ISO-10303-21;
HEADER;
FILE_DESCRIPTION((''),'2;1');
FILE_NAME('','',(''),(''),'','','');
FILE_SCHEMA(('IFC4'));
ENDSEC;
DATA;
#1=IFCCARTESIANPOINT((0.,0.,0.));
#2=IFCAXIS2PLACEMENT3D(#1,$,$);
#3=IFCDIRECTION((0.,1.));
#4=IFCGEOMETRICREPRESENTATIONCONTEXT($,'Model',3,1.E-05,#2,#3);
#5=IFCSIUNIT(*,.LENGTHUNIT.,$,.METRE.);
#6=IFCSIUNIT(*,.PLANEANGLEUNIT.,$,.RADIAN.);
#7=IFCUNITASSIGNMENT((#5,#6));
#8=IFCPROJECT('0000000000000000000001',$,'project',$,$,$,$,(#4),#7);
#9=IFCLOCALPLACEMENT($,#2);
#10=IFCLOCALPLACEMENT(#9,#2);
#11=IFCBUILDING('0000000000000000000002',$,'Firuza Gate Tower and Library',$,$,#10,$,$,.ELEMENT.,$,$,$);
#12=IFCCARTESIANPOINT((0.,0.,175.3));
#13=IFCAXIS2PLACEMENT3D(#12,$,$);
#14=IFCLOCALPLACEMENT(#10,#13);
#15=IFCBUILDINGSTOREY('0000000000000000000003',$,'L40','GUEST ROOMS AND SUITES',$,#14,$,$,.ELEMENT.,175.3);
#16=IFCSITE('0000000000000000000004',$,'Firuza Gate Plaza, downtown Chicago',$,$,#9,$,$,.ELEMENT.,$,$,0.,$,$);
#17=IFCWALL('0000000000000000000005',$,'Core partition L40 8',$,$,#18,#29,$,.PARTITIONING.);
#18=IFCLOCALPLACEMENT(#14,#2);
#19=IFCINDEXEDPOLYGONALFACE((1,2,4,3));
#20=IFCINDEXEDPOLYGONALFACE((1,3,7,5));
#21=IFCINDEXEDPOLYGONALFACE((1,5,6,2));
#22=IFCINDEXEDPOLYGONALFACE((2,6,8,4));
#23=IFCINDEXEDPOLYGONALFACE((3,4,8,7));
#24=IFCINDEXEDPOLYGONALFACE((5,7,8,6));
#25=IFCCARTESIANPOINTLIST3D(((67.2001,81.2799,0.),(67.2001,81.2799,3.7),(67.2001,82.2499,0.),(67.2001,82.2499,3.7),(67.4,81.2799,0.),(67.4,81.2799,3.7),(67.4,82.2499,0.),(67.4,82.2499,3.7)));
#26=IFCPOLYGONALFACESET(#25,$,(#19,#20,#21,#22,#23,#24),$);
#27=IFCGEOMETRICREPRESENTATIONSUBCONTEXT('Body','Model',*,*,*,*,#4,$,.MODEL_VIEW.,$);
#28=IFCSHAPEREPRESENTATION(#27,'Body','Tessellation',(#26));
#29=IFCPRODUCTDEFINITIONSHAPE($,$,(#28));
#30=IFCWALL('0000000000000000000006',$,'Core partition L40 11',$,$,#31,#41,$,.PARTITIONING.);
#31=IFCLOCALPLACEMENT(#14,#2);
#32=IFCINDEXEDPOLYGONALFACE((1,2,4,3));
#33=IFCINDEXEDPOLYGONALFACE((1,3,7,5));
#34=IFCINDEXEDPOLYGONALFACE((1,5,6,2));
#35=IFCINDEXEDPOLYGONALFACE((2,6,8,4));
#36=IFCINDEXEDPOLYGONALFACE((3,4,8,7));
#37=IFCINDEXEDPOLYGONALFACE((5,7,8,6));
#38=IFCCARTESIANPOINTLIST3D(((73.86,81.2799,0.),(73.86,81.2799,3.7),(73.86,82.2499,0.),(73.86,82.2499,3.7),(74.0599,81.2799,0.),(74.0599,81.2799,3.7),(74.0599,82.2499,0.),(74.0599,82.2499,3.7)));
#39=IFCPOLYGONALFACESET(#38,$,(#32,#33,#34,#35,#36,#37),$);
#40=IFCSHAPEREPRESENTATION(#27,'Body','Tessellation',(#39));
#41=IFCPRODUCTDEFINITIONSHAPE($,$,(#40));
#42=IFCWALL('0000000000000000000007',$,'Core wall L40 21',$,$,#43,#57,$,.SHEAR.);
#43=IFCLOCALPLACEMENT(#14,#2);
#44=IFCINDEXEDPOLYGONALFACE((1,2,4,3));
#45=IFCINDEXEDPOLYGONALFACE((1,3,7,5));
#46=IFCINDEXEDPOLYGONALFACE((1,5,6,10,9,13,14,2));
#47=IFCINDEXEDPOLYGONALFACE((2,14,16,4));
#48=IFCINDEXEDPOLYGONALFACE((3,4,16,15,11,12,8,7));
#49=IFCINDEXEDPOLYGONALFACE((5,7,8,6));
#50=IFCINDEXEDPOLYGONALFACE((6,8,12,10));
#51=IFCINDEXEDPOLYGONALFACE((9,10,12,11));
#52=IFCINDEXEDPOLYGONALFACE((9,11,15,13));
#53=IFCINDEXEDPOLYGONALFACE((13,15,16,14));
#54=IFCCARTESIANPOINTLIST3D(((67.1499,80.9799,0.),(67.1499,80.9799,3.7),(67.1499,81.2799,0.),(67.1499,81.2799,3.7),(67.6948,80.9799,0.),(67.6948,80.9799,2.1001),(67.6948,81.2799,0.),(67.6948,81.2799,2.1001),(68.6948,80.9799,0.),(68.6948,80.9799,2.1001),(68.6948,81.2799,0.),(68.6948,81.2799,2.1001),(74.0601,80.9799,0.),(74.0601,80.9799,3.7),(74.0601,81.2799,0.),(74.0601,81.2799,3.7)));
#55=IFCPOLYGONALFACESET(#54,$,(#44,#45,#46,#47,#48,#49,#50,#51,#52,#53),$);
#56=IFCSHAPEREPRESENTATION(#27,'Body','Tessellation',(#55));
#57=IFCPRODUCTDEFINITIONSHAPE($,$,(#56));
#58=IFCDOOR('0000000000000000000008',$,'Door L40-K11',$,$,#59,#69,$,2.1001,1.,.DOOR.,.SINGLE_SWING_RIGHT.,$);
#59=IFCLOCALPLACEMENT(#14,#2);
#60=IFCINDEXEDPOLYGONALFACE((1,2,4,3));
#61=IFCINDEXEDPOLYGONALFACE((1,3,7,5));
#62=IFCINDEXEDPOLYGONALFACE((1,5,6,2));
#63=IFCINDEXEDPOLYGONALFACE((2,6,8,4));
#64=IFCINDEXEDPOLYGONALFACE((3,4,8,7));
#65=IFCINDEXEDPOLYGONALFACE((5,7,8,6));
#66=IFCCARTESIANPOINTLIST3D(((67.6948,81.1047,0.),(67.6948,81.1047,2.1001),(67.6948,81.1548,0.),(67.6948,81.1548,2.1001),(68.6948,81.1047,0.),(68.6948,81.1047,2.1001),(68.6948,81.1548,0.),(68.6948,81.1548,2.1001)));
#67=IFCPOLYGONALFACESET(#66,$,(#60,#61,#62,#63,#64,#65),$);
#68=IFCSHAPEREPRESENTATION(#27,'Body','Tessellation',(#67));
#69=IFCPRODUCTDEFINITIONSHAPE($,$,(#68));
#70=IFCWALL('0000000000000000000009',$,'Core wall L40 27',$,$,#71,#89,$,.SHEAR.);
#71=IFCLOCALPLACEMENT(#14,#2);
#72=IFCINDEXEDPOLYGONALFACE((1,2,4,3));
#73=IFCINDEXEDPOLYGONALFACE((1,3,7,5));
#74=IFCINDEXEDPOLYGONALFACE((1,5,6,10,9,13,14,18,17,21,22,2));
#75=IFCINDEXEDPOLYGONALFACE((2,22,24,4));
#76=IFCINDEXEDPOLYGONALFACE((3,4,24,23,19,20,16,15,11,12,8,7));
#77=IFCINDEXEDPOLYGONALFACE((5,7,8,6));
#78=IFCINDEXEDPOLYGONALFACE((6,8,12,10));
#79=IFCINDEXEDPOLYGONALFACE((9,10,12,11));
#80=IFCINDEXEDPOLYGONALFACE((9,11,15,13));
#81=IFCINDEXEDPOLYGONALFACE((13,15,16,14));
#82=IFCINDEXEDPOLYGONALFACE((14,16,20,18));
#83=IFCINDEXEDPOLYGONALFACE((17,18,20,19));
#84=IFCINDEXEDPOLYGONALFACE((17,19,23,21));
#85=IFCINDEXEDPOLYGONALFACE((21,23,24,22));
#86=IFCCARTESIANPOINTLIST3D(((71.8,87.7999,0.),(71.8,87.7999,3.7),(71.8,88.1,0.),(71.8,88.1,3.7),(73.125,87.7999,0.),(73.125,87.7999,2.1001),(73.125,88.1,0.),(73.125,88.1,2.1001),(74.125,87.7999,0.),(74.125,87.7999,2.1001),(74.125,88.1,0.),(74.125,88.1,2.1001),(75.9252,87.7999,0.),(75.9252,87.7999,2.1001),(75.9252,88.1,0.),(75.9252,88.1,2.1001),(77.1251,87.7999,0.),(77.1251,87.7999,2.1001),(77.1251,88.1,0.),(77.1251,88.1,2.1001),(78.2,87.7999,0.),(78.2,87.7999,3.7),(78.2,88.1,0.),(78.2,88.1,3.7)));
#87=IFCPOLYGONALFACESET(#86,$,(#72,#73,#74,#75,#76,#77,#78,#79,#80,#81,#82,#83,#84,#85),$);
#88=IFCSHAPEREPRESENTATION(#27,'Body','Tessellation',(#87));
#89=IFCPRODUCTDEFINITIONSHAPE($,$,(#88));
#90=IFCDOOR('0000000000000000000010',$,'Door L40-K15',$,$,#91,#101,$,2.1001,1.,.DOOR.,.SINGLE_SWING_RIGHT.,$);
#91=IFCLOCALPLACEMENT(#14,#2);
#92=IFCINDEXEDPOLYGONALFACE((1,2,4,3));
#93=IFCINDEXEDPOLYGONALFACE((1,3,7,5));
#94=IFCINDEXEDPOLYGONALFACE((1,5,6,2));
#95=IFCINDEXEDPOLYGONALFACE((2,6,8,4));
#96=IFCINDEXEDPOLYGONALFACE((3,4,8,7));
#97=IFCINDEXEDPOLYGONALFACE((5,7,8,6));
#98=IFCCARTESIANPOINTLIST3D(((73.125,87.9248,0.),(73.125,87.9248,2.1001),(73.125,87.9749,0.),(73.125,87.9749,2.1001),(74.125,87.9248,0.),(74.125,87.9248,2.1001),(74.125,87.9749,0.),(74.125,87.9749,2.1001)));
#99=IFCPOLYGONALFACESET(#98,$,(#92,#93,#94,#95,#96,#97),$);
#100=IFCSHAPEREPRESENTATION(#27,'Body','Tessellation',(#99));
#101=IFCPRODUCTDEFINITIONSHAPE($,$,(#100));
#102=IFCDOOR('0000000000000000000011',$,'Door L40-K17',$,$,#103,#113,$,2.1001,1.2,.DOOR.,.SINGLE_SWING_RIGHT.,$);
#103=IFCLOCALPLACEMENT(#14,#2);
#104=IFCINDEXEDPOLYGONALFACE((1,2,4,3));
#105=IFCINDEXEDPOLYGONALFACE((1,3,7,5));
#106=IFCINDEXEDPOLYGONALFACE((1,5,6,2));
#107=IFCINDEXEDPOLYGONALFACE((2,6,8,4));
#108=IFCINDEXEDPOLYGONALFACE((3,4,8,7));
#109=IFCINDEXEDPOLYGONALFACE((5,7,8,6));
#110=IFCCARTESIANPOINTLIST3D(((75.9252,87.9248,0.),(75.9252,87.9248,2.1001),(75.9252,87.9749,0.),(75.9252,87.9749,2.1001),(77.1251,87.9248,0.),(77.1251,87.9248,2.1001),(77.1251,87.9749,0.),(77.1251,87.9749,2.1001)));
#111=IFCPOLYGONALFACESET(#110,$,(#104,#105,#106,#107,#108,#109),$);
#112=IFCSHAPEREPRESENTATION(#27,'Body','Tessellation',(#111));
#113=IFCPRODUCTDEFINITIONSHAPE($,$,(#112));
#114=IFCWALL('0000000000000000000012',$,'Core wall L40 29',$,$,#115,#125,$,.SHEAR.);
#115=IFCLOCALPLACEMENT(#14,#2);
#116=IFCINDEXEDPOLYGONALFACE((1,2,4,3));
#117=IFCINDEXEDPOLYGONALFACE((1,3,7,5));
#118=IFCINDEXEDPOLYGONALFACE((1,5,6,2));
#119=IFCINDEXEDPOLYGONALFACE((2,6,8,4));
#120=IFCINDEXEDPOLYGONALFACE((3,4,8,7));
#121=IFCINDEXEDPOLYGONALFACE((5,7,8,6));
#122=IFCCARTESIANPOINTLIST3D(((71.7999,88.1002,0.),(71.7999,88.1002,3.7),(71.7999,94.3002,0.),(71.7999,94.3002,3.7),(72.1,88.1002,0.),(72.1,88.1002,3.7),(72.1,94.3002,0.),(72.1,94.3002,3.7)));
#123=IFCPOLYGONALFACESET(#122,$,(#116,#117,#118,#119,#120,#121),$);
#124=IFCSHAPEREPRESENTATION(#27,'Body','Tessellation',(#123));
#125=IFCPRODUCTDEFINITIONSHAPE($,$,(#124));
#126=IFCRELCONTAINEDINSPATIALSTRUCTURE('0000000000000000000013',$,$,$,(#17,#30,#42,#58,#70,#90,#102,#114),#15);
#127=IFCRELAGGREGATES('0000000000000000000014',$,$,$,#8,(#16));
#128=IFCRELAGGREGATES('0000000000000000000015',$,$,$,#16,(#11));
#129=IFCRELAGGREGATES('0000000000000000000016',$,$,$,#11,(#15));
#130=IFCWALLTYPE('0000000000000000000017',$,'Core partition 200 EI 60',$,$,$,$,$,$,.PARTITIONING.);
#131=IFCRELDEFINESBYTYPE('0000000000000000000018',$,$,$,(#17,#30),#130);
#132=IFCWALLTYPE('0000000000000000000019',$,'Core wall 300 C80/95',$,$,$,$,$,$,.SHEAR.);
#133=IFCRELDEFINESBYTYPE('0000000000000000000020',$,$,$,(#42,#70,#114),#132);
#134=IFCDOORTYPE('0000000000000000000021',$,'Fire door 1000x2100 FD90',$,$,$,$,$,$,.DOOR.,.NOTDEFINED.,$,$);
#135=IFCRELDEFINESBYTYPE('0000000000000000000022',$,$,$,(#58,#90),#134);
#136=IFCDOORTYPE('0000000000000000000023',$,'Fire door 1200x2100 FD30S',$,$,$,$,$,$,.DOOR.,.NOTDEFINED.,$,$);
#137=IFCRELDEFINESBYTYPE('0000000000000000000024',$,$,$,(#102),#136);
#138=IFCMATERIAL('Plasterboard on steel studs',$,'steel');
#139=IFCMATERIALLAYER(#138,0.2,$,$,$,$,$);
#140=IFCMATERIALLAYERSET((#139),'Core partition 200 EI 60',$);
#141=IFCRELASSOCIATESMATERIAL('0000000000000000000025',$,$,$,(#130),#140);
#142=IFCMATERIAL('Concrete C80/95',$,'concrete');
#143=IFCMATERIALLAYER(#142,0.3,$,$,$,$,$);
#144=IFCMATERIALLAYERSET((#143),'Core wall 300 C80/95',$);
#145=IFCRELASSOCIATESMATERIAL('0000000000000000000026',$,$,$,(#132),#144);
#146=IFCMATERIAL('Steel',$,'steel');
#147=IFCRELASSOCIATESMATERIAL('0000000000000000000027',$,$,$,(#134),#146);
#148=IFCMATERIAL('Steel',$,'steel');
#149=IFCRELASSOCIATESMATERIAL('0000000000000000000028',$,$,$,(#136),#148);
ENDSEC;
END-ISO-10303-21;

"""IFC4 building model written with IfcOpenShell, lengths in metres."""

from ifc_helpers import new_model, si_unit, direction, frame, frame_2d, origin, place, context, subcontext, project, spatial, rectangle, extrude, material, layer, layer_set, type_object, element, fill, save


model = new_model("IFC4")

# Units and contexts
model_context = context("Model", 3, precision=1e-05, world=origin(), true_north=direction((0.0, 1.0)))
body_context = subcontext(model_context, "Body", "Model", "MODEL_VIEW")
ifc_project = project(units=[si_unit("LENGTHUNIT", "METRE"), si_unit("PLANEANGLEUNIT", "RADIAN")], contexts=[model_context])

# Site, building, storey
site_placement = place(None, origin())
site = spatial("IfcSite", under=ifc_project, at=site_placement, Name="Firuza Gate Plaza, downtown Chicago", CompositionType="ELEMENT", RefElevation=0.0)
building_placement = place(site_placement, origin())
building = spatial("IfcBuilding", under=site, at=building_placement, Name="Firuza Gate Tower and Library", CompositionType="ELEMENT")
storey_placement = place(building_placement, frame((0.0, 0.0, 175.3)))
storey = spatial("IfcBuildingStorey", under=building, at=storey_placement, Name="L40", Description="GUEST ROOMS AND SUITES", CompositionType="ELEMENT", Elevation=175.3)

# Walls
ifc_material_1 = material(Name="Plasterboard on steel studs", Category="steel")
ifc_layer_1 = layer(ifc_material_1, 0.2)
ifc_layer_set_1 = layer_set([ifc_layer_1], Name="Core partition 200 EI 60")
wall_type_1 = type_object("IfcWallType", Name="Core partition 200 EI 60", PredefinedType="PARTITIONING", material=ifc_layer_set_1)
for number, where, z_axis, x_axis, name in (
    (1, (67.3, 81.28, 0.0), (0.0, 0.0, 1.0), (0.0, 1.0, 0.0), "Core partition L40 8"),
    (2, (73.96, 81.28, 0.0), (0.0, 0.0, 1.0), (0.0, 1.0, 0.0), "Core partition L40 11"),
):
    element("IfcWall", number, at=place(storey_placement, frame(where, z_axis=z_axis, x_axis=x_axis)), inside=storey, type_object=wall_type_1, Name=name, PredefinedType="PARTITIONING", context=body_context, shape_type="SweptSolid", body=[
        extrude(rectangle(XDim=0.97, YDim=0.2, at=frame_2d((0.4849, 0.0))), origin(), (0.0, 0.0, 1.0), 3.7),
    ])

# Wall, opening, door
ifc_material_2 = material(Name="Concrete C80/95", Category="concrete")
ifc_layer_2 = layer(ifc_material_2, 0.3)
ifc_layer_set_2 = layer_set([ifc_layer_2], Name="Core wall 300 C80/95")
wall_type_2 = type_object("IfcWallType", Name="Core wall 300 C80/95", PredefinedType="SHEAR", material=ifc_layer_set_2)
wall_1_placement = place(storey_placement, frame((67.1499, 81.1299, 0.0), z_axis=(0.0, 0.0, 1.0), x_axis=(1.0, 0.0, 0.0)))
wall_1 = element("IfcWall", 3, at=wall_1_placement, inside=storey, type_object=wall_type_2, Name="Core wall L40 21", PredefinedType="SHEAR", context=body_context, shape_type="SweptSolid", body=[
    extrude(rectangle(XDim=6.9102, YDim=0.3, at=frame_2d((3.4551, 0.0))), origin(), (0.0, 0.0, 1.0), 3.7),
])
opening_1_placement = place(wall_1_placement, frame((0.5449, 0.0, 0.0)))
opening_1 = element("IfcOpeningElement", 4, at=opening_1_placement, cuts=wall_1, PredefinedType="OPENING", context=body_context, shape_type="SweptSolid", body=[
    extrude(rectangle(XDim=1.0, YDim=2.1001, at=frame_2d((0.5, 1.05))), frame((0.0, 0.1602, 0.0), z_axis=(0.0, -1.0, 0.0), x_axis=(1.0, 0.0, 0.0)), (0.0, 0.0, 1.0), 0.3201),
])
ifc_material_3 = material(Name="Steel", Category="steel")
door_type_1 = type_object("IfcDoorType", Name="Fire door 1000x2100 FD90", OperationType="NOTDEFINED", PredefinedType="DOOR", material=ifc_material_3)
door_1_placement = place(opening_1_placement, origin())
door_1 = element("IfcDoor", 5, at=door_1_placement, inside=storey, type_object=door_type_1, Name="Door L40-K11", OperationType="SINGLE_SWING_RIGHT", OverallHeight=2.1001, OverallWidth=1.0, PredefinedType="DOOR", context=body_context, shape_type="SweptSolid", body=[
    extrude(rectangle(XDim=1.0, YDim=2.1001, at=frame_2d((0.5, 1.05))), frame((0.0, 0.0249, 0.0), z_axis=(0.0, -1.0, 0.0), x_axis=(1.0, 0.0, 0.0)), (0.0, 0.0, 1.0), 0.05),
])
fill(opening_1, door_1)

# Wall, openings, doors
wall_2_placement = place(storey_placement, frame((71.8, 87.95, 0.0), z_axis=(0.0, 0.0, 1.0), x_axis=(1.0, 0.0, 0.0)))
wall_2 = element("IfcWall", 6, at=wall_2_placement, inside=storey, type_object=wall_type_2, Name="Core wall L40 27", PredefinedType="SHEAR", context=body_context, shape_type="SweptSolid", body=[
    extrude(rectangle(XDim=6.3999, YDim=0.3, at=frame_2d((3.2, 0.0))), origin(), (0.0, 0.0, 1.0), 3.7),
])
opening_2_placement = place(wall_2_placement, frame((1.325, 0.0, 0.0)))
opening_2 = element("IfcOpeningElement", 7, at=opening_2_placement, cuts=wall_2, PredefinedType="OPENING", context=body_context, shape_type="SweptSolid", body=[
    extrude(rectangle(XDim=1.0, YDim=2.1001, at=frame_2d((0.5, 1.05))), frame((0.0, 0.1602, 0.0), z_axis=(0.0, -1.0, 0.0), x_axis=(1.0, 0.0, 0.0)), (0.0, 0.0, 1.0), 0.3201),
])
opening_3_placement = place(wall_2_placement, frame((4.125, 0.0, 0.0)))
opening_3 = element("IfcOpeningElement", 8, at=opening_3_placement, cuts=wall_2, PredefinedType="OPENING", context=body_context, shape_type="SweptSolid", body=[
    extrude(rectangle(XDim=1.2, YDim=2.1001, at=frame_2d((0.6001, 1.05))), frame((0.0, 0.1602, 0.0), z_axis=(0.0, -1.0, 0.0), x_axis=(1.0, 0.0, 0.0)), (0.0, 0.0, 1.0), 0.3201),
])
door_2_placement = place(opening_2_placement, origin())
door_2 = element("IfcDoor", 9, at=door_2_placement, inside=storey, type_object=door_type_1, Name="Door L40-K15", OperationType="SINGLE_SWING_RIGHT", OverallHeight=2.1001, OverallWidth=1.0, PredefinedType="DOOR", context=body_context, shape_type="SweptSolid", body=[
    extrude(rectangle(XDim=1.0, YDim=2.1001, at=frame_2d((0.5, 1.05))), frame((0.0, 0.0249, 0.0), z_axis=(0.0, -1.0, 0.0), x_axis=(1.0, 0.0, 0.0)), (0.0, 0.0, 1.0), 0.05),
])
fill(opening_2, door_2)
ifc_material_4 = material(Name="Steel", Category="steel")
door_type_2 = type_object("IfcDoorType", Name="Fire door 1200x2100 FD30S", OperationType="NOTDEFINED", PredefinedType="DOOR", material=ifc_material_4)
door_3_placement = place(opening_3_placement, origin())
door_3 = element("IfcDoor", 10, at=door_3_placement, inside=storey, type_object=door_type_2, Name="Door L40-K17", OperationType="SINGLE_SWING_RIGHT", OverallHeight=2.1001, OverallWidth=1.2, PredefinedType="DOOR", context=body_context, shape_type="SweptSolid", body=[
    extrude(rectangle(XDim=1.2, YDim=2.1001, at=frame_2d((0.6001, 1.05))), frame((0.0, 0.0249, 0.0), z_axis=(0.0, -1.0, 0.0), x_axis=(1.0, 0.0, 0.0)), (0.0, 0.0, 1.0), 0.05),
])
fill(opening_3, door_3)

# Wall
wall_3_placement = place(storey_placement, frame((71.95, 88.1001, 0.0), z_axis=(0.0, 0.0, 1.0), x_axis=(0.0, 1.0, 0.0)))
element("IfcWall", 11, at=wall_3_placement, inside=storey, type_object=wall_type_2, Name="Core wall L40 29", PredefinedType="SHEAR", context=body_context, shape_type="SweptSolid", body=[
    extrude(rectangle(XDim=6.2, YDim=0.3, at=frame_2d((3.1001, 0.0))), origin(), (0.0, 0.0, 1.0), 3.7),
])

save(model, "model.ifc")
